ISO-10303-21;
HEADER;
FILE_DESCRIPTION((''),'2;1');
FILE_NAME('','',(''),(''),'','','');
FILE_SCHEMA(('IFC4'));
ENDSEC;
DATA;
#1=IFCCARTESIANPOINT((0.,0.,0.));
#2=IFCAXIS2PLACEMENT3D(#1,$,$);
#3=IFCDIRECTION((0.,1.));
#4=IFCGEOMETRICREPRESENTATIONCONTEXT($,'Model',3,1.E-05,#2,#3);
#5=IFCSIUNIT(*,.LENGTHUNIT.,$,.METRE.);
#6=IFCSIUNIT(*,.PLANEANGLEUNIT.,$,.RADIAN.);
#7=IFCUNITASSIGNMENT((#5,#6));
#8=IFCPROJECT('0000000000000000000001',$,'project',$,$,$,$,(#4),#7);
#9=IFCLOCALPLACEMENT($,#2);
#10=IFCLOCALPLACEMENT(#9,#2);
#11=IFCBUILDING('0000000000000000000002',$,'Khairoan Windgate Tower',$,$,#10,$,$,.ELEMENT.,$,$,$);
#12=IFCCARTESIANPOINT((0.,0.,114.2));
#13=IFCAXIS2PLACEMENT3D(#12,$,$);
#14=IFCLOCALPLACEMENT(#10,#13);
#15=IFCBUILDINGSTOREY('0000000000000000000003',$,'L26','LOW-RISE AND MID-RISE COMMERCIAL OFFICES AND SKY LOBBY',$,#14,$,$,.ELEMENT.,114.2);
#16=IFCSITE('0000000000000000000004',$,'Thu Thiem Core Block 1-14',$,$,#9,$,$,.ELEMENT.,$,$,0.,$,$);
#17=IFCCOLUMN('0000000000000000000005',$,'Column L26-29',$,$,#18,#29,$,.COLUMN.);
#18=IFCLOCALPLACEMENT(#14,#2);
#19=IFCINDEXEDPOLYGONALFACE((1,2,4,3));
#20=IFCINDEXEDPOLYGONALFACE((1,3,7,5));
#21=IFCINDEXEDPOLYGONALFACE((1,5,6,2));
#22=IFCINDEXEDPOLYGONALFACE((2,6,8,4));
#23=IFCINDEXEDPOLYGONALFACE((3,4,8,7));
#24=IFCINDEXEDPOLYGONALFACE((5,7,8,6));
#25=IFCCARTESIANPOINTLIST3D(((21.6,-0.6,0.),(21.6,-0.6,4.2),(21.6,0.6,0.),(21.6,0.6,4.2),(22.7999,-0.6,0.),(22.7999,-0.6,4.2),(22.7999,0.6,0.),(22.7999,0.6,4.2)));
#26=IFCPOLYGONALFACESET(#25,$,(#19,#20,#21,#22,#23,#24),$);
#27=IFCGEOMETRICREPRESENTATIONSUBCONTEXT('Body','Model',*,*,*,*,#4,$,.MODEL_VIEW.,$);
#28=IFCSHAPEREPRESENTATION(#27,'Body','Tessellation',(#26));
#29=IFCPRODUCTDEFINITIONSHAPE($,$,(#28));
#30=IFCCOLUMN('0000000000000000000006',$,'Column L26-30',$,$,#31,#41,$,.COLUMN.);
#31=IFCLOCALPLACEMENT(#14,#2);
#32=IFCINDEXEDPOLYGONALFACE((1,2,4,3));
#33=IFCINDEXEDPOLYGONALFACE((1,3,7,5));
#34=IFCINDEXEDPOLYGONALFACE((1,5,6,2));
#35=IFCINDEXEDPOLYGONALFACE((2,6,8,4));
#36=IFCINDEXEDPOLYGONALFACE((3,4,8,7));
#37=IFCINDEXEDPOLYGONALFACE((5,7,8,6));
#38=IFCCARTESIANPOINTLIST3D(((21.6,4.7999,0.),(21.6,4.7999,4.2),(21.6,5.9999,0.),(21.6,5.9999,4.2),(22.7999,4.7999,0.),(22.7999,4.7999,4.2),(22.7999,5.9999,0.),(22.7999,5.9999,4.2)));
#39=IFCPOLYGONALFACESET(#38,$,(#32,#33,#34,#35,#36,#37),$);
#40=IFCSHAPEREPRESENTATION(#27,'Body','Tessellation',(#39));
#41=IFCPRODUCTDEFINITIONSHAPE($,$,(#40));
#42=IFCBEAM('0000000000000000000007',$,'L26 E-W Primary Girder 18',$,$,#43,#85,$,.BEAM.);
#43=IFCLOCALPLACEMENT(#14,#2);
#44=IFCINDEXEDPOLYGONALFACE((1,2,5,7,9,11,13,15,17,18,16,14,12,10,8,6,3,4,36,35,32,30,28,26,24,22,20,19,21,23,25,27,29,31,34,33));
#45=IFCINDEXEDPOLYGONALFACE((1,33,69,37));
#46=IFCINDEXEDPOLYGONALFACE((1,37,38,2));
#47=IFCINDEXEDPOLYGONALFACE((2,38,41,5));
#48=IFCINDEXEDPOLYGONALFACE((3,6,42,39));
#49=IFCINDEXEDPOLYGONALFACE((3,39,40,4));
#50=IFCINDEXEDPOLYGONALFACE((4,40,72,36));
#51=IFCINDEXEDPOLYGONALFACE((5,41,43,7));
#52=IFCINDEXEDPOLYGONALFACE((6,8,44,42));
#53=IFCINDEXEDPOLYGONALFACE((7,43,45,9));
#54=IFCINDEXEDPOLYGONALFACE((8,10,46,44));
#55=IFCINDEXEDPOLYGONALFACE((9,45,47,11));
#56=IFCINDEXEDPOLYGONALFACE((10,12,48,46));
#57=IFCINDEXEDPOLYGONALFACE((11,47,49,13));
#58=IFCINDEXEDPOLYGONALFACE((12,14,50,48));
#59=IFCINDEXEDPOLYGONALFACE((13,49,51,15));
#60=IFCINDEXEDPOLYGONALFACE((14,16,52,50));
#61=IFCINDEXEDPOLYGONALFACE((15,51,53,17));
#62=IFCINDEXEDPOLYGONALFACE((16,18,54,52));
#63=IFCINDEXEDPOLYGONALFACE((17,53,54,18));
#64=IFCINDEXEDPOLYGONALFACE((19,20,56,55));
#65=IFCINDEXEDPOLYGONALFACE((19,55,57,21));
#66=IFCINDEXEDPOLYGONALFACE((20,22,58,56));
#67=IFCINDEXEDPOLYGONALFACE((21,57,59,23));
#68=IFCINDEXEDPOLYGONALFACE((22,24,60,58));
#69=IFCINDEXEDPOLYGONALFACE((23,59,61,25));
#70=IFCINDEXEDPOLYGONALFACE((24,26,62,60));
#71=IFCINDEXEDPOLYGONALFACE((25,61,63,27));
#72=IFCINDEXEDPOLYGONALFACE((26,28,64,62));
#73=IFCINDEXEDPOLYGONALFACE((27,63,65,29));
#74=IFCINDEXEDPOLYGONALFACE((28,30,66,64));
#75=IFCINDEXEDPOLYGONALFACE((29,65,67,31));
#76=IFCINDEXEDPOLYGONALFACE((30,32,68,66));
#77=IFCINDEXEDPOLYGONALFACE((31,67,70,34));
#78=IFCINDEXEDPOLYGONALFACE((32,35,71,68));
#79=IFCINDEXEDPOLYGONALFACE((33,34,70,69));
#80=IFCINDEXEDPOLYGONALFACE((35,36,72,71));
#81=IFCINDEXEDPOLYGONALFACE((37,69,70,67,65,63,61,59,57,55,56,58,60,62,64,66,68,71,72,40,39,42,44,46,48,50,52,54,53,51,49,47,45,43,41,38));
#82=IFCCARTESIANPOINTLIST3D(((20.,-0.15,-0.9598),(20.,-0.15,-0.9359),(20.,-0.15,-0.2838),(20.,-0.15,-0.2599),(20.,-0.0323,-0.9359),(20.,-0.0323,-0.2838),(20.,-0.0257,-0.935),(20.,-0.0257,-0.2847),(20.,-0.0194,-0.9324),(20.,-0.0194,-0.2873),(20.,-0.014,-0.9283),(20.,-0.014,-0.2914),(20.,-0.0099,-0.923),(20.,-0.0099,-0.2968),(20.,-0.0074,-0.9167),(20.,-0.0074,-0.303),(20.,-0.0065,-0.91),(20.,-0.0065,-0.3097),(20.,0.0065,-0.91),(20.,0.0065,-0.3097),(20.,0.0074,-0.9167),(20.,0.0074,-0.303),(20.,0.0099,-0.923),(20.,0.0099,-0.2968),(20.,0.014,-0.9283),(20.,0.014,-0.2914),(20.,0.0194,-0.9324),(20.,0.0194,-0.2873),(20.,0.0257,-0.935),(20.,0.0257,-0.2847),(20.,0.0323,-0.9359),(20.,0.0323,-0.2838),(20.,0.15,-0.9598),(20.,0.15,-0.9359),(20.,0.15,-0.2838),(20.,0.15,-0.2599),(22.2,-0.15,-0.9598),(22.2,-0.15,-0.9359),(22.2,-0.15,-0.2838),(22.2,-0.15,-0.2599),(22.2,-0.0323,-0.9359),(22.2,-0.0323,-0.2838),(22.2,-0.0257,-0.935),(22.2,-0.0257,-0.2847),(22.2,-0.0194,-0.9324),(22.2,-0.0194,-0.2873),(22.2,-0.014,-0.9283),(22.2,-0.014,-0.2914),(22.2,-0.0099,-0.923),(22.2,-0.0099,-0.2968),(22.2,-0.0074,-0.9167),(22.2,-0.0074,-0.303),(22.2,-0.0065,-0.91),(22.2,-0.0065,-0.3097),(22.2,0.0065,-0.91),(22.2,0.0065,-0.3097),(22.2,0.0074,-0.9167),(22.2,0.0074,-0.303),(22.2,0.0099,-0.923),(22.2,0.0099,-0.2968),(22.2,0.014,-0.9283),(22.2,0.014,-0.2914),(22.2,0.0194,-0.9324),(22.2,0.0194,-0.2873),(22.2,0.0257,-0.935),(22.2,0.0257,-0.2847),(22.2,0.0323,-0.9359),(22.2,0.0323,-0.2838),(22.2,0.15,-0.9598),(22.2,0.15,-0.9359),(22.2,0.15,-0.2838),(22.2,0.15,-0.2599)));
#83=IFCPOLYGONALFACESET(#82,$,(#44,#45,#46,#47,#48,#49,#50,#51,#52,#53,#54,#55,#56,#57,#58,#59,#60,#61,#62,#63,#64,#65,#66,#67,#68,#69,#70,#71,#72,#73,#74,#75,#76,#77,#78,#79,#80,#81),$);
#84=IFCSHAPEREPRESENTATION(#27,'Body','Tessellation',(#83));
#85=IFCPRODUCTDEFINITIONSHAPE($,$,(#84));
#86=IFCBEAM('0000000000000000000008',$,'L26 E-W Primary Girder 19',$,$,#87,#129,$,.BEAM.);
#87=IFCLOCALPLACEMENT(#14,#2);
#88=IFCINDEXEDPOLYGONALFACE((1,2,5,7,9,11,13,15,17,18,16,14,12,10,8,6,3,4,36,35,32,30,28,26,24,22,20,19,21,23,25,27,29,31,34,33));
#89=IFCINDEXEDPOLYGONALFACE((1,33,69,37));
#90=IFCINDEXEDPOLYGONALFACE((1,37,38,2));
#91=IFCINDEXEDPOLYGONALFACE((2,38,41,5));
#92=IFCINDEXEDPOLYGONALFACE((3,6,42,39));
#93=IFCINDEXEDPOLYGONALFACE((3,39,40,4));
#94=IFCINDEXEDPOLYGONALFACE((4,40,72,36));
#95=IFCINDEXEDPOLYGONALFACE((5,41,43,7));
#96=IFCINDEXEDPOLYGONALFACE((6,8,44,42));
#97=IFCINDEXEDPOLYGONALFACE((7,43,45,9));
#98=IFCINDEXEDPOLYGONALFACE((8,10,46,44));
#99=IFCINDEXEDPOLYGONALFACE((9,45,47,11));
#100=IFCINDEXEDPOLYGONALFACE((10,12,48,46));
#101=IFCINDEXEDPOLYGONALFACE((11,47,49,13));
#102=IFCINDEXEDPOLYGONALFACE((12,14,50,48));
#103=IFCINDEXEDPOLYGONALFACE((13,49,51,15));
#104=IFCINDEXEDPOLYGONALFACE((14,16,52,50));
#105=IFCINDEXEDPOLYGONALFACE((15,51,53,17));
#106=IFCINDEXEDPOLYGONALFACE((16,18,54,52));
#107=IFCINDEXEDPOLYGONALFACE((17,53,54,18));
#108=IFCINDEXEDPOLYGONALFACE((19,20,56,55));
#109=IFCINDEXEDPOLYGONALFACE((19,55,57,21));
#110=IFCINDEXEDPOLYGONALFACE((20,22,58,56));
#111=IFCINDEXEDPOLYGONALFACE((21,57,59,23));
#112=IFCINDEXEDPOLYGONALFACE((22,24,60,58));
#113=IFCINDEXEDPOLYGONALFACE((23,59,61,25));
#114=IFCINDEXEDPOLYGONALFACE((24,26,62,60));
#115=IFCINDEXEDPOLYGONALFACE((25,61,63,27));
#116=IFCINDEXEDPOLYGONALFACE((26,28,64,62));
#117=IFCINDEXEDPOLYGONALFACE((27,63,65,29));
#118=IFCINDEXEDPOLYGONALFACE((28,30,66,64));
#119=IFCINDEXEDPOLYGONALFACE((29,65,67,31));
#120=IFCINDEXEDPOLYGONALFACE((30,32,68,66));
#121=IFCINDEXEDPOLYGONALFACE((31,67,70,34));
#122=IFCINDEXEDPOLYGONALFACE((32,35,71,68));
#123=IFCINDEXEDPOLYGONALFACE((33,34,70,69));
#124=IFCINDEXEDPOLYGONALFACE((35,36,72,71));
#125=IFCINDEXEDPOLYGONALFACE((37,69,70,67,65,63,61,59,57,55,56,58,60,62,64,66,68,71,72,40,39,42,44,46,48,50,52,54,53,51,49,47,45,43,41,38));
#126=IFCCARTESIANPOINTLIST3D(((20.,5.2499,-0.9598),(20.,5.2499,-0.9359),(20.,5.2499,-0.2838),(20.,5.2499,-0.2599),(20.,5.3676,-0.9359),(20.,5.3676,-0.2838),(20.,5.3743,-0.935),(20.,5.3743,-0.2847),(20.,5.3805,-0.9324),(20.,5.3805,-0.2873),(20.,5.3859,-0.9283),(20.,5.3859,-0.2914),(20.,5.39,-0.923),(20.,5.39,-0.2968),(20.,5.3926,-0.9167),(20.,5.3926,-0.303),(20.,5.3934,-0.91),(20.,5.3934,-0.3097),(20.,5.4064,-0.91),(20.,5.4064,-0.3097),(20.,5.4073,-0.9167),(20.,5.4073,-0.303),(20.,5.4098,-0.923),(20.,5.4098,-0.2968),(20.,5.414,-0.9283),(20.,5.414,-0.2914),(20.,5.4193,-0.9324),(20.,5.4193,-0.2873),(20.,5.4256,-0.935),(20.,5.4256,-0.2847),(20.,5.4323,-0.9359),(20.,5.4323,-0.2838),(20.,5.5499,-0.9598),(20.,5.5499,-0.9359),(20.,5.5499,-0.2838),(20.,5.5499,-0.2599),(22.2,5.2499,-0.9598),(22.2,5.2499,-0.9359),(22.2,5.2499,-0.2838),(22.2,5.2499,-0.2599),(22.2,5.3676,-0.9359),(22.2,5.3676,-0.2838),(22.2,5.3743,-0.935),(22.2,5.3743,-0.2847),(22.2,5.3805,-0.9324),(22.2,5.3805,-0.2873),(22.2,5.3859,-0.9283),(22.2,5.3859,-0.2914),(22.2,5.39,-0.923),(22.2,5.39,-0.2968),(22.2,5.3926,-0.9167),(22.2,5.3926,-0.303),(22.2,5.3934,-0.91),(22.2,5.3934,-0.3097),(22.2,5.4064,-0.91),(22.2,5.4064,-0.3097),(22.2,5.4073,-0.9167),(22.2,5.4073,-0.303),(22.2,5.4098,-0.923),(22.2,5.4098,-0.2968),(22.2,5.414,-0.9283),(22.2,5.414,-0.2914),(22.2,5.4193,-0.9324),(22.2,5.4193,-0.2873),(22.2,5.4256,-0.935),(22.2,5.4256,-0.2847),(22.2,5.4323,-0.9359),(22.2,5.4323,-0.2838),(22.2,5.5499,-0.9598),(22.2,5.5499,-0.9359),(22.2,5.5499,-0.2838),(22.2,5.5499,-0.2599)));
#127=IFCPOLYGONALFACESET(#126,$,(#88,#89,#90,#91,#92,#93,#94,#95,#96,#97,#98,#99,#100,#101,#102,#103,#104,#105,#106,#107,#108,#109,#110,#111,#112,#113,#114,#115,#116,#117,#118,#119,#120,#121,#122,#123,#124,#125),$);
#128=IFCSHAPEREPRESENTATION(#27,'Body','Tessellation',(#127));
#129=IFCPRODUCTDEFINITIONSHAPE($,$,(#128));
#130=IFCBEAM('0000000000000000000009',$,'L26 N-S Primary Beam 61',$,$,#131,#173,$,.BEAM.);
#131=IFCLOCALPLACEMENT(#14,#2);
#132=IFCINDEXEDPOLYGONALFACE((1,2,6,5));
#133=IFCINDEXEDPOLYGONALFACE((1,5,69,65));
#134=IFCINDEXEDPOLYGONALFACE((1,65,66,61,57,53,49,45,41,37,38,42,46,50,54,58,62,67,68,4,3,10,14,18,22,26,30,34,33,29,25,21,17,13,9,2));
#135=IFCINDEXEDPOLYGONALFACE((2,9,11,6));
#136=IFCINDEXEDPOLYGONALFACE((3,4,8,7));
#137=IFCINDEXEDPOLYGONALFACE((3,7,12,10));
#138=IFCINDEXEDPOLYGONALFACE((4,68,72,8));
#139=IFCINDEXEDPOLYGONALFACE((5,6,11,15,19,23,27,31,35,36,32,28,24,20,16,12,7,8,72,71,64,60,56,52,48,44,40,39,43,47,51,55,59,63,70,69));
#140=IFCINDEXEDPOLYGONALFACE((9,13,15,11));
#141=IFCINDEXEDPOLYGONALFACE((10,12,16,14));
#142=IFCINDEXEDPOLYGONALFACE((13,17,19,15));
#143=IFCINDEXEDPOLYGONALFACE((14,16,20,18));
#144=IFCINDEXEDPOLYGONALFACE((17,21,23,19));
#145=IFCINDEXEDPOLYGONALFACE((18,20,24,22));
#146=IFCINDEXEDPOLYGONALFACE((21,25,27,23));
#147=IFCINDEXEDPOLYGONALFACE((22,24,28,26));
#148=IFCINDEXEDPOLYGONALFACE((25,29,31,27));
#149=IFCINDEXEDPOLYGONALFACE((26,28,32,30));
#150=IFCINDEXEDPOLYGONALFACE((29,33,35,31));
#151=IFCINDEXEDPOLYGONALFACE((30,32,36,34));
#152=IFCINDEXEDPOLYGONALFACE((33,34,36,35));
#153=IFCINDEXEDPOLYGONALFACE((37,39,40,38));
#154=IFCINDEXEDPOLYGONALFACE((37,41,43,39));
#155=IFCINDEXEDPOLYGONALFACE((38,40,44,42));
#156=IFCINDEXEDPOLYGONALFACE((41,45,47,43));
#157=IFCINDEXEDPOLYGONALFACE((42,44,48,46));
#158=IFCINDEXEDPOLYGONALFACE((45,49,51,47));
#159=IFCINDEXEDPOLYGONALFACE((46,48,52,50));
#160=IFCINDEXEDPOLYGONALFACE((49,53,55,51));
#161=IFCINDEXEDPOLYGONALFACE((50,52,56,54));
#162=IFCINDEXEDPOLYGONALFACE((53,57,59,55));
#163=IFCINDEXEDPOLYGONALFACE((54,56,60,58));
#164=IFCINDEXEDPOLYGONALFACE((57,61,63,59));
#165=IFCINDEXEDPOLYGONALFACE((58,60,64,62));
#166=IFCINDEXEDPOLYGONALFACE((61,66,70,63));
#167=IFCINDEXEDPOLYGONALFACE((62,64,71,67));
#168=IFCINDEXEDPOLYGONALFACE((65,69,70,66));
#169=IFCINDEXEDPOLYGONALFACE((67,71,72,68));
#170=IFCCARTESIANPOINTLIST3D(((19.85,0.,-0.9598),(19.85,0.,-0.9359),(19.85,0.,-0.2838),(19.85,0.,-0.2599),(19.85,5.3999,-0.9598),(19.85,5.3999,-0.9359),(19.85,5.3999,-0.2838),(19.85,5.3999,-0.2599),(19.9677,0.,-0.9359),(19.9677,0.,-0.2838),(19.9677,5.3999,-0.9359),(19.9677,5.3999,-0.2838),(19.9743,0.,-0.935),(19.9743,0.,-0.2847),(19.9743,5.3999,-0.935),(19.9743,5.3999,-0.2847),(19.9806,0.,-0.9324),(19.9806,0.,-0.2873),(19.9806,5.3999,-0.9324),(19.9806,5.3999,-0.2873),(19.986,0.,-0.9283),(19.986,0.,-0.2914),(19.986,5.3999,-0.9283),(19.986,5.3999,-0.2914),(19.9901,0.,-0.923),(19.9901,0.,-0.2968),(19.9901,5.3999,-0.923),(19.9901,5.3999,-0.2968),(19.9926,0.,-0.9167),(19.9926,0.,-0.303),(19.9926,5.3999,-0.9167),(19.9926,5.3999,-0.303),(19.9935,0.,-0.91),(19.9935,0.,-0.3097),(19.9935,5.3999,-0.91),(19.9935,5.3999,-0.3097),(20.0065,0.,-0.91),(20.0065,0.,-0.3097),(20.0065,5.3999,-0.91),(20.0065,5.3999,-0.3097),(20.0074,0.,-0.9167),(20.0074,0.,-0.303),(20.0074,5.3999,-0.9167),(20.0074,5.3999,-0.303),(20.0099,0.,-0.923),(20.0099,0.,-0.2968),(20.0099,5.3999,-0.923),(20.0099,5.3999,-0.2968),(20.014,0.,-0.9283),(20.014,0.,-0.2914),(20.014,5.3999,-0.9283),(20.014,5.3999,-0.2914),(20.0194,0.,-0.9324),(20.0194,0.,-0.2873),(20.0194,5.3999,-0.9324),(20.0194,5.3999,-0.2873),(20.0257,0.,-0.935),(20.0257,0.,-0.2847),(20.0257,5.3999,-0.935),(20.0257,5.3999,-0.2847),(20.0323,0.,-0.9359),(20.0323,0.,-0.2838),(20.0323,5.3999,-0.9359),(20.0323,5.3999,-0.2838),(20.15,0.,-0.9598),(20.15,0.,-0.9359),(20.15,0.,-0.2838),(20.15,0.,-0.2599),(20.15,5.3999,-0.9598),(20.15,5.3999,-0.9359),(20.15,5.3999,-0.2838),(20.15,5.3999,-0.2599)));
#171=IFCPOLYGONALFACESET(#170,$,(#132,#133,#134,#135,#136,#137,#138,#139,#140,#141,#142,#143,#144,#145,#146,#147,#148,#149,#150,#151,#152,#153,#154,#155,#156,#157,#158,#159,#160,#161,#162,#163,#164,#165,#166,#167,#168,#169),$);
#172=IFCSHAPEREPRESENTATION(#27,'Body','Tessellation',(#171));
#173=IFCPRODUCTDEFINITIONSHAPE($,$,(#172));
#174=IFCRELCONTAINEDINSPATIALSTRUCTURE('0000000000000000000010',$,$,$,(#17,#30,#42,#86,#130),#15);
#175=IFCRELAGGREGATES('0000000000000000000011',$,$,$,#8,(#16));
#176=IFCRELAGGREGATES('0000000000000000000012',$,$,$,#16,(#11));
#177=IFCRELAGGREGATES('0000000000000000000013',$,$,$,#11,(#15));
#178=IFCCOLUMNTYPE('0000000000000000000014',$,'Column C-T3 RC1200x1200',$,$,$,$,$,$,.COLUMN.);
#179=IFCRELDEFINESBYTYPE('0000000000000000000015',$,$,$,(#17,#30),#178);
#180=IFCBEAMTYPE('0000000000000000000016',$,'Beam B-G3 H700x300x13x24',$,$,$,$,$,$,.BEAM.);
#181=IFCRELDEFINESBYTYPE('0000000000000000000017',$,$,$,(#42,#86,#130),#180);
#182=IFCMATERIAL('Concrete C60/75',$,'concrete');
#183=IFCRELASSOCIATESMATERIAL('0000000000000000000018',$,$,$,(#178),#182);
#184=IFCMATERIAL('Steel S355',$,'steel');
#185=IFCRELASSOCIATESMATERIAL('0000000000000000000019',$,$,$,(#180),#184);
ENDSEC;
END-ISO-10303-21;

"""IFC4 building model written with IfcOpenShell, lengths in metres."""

from ifc_helpers import new_model, si_unit, direction, frame, origin, origin_2d, place, context, subcontext, project, spatial, rectangle, i_section, extrude, material, material_profile, profile_set, type_object, element, save


model = new_model("IFC4")

# Units and contexts
model_context = context("Model", 3, precision=1e-05, world=origin(), true_north=direction((0.0, 1.0)))
body_context = subcontext(model_context, "Body", "Model", "MODEL_VIEW")
ifc_project = project(units=[si_unit("LENGTHUNIT", "METRE"), si_unit("PLANEANGLEUNIT", "RADIAN")], contexts=[model_context])

# Site, building, storey
site_placement = place(None, origin())
site = spatial("IfcSite", under=ifc_project, at=site_placement, Name="Thu Thiem Core Block 1-14", CompositionType="ELEMENT", RefElevation=0.0)
building_placement = place(site_placement, origin())
building = spatial("IfcBuilding", under=site, at=building_placement, Name="Khairoan Windgate Tower", CompositionType="ELEMENT")
storey_placement = place(building_placement, frame((0.0, 0.0, 114.2)))
storey = spatial("IfcBuildingStorey", under=building, at=storey_placement, Name="L26", Description="LOW-RISE AND MID-RISE COMMERCIAL OFFICES AND SKY LOBBY", CompositionType="ELEMENT", Elevation=114.2)

# Columns
ifc_material_1 = material(Name="Concrete C60/75", Category="concrete")
ifc_material_profile_1 = material_profile(ifc_material_1, rectangle(XDim=1.2, YDim=1.2, at=origin_2d()))
ifc_profile_set_1 = profile_set([ifc_material_profile_1], Name="Concrete C60/75")
column_type = type_object("IfcColumnType", Name="Column C-T3 RC1200x1200", PredefinedType="COLUMN", material=ifc_profile_set_1)
for number, where, z_axis, x_axis, name in (
    (1, (22.2, 0.0, 0.0), (0.0, 0.0, 1.0), (1.0, 0.0, 0.0), "Column L26-29"),
    (2, (22.2, 5.3999, 0.0), (0.0, 0.0, 1.0), (1.0, 0.0, 0.0), "Column L26-30"),
):
    element("IfcColumn", number, at=place(storey_placement, frame(where, z_axis=z_axis, x_axis=x_axis)), inside=storey, type_object=column_type, Name=name, PredefinedType="COLUMN", context=body_context, shape_type="SweptSolid", body=[
        extrude(rectangle(XDim=1.2, YDim=1.2, at=origin_2d()), origin(), (0.0, 0.0, 1.0), 4.2),
    ])

# Beams
ifc_material_2 = material(Name="Steel S355", Category="steel")
ifc_material_profile_2 = material_profile(ifc_material_2, i_section(OverallWidth=0.3, OverallDepth=0.7, WebThickness=0.0129, FlangeThickness=0.0239, FilletRadius=0.0259, at=origin_2d()))
ifc_profile_set_2 = profile_set([ifc_material_profile_2], Name="Steel S355")
beam_type_1 = type_object("IfcBeamType", Name="Beam B-G3 H700x300x13x24", PredefinedType="BEAM", material=ifc_profile_set_2)
for number, where, z_axis, x_axis, name in (
    (3, (20.0, 0.0, -0.6099), (1.0, 0.0, 0.0), (0.0, 1.0, 0.0), "L26 E-W Primary Girder 18"),
    (4, (20.0, 5.3999, -0.6099), (1.0, 0.0, 0.0), (0.0, 1.0, 0.0), "L26 E-W Primary Girder 19"),
):
    element("IfcBeam", number, at=place(storey_placement, frame(where, z_axis=z_axis, x_axis=x_axis)), inside=storey, type_object=beam_type_1, Name=name, PredefinedType="BEAM", context=body_context, shape_type="SweptSolid", body=[
        extrude(i_section(OverallWidth=0.3, OverallDepth=0.7, WebThickness=0.0129, FlangeThickness=0.0239, FilletRadius=0.0259, at=origin_2d()), origin(), (0.0, 0.0, 1.0), 2.2),
    ])
beam_1_placement = place(storey_placement, frame((20.0, 0.0, -0.6099), z_axis=(0.0, 1.0, 0.0), x_axis=(-1.0, 0.0, 0.0)))
element("IfcBeam", 5, at=beam_1_placement, inside=storey, type_object=beam_type_1, Name="L26 N-S Primary Beam 61", PredefinedType="BEAM", context=body_context, shape_type="SweptSolid", body=[
    extrude(i_section(OverallWidth=0.3, OverallDepth=0.7, WebThickness=0.0129, FlangeThickness=0.0239, FilletRadius=0.0259, at=origin_2d()), origin(), (0.0, 0.0, 1.0), 5.3999),
])

save(model, "model.ifc")
